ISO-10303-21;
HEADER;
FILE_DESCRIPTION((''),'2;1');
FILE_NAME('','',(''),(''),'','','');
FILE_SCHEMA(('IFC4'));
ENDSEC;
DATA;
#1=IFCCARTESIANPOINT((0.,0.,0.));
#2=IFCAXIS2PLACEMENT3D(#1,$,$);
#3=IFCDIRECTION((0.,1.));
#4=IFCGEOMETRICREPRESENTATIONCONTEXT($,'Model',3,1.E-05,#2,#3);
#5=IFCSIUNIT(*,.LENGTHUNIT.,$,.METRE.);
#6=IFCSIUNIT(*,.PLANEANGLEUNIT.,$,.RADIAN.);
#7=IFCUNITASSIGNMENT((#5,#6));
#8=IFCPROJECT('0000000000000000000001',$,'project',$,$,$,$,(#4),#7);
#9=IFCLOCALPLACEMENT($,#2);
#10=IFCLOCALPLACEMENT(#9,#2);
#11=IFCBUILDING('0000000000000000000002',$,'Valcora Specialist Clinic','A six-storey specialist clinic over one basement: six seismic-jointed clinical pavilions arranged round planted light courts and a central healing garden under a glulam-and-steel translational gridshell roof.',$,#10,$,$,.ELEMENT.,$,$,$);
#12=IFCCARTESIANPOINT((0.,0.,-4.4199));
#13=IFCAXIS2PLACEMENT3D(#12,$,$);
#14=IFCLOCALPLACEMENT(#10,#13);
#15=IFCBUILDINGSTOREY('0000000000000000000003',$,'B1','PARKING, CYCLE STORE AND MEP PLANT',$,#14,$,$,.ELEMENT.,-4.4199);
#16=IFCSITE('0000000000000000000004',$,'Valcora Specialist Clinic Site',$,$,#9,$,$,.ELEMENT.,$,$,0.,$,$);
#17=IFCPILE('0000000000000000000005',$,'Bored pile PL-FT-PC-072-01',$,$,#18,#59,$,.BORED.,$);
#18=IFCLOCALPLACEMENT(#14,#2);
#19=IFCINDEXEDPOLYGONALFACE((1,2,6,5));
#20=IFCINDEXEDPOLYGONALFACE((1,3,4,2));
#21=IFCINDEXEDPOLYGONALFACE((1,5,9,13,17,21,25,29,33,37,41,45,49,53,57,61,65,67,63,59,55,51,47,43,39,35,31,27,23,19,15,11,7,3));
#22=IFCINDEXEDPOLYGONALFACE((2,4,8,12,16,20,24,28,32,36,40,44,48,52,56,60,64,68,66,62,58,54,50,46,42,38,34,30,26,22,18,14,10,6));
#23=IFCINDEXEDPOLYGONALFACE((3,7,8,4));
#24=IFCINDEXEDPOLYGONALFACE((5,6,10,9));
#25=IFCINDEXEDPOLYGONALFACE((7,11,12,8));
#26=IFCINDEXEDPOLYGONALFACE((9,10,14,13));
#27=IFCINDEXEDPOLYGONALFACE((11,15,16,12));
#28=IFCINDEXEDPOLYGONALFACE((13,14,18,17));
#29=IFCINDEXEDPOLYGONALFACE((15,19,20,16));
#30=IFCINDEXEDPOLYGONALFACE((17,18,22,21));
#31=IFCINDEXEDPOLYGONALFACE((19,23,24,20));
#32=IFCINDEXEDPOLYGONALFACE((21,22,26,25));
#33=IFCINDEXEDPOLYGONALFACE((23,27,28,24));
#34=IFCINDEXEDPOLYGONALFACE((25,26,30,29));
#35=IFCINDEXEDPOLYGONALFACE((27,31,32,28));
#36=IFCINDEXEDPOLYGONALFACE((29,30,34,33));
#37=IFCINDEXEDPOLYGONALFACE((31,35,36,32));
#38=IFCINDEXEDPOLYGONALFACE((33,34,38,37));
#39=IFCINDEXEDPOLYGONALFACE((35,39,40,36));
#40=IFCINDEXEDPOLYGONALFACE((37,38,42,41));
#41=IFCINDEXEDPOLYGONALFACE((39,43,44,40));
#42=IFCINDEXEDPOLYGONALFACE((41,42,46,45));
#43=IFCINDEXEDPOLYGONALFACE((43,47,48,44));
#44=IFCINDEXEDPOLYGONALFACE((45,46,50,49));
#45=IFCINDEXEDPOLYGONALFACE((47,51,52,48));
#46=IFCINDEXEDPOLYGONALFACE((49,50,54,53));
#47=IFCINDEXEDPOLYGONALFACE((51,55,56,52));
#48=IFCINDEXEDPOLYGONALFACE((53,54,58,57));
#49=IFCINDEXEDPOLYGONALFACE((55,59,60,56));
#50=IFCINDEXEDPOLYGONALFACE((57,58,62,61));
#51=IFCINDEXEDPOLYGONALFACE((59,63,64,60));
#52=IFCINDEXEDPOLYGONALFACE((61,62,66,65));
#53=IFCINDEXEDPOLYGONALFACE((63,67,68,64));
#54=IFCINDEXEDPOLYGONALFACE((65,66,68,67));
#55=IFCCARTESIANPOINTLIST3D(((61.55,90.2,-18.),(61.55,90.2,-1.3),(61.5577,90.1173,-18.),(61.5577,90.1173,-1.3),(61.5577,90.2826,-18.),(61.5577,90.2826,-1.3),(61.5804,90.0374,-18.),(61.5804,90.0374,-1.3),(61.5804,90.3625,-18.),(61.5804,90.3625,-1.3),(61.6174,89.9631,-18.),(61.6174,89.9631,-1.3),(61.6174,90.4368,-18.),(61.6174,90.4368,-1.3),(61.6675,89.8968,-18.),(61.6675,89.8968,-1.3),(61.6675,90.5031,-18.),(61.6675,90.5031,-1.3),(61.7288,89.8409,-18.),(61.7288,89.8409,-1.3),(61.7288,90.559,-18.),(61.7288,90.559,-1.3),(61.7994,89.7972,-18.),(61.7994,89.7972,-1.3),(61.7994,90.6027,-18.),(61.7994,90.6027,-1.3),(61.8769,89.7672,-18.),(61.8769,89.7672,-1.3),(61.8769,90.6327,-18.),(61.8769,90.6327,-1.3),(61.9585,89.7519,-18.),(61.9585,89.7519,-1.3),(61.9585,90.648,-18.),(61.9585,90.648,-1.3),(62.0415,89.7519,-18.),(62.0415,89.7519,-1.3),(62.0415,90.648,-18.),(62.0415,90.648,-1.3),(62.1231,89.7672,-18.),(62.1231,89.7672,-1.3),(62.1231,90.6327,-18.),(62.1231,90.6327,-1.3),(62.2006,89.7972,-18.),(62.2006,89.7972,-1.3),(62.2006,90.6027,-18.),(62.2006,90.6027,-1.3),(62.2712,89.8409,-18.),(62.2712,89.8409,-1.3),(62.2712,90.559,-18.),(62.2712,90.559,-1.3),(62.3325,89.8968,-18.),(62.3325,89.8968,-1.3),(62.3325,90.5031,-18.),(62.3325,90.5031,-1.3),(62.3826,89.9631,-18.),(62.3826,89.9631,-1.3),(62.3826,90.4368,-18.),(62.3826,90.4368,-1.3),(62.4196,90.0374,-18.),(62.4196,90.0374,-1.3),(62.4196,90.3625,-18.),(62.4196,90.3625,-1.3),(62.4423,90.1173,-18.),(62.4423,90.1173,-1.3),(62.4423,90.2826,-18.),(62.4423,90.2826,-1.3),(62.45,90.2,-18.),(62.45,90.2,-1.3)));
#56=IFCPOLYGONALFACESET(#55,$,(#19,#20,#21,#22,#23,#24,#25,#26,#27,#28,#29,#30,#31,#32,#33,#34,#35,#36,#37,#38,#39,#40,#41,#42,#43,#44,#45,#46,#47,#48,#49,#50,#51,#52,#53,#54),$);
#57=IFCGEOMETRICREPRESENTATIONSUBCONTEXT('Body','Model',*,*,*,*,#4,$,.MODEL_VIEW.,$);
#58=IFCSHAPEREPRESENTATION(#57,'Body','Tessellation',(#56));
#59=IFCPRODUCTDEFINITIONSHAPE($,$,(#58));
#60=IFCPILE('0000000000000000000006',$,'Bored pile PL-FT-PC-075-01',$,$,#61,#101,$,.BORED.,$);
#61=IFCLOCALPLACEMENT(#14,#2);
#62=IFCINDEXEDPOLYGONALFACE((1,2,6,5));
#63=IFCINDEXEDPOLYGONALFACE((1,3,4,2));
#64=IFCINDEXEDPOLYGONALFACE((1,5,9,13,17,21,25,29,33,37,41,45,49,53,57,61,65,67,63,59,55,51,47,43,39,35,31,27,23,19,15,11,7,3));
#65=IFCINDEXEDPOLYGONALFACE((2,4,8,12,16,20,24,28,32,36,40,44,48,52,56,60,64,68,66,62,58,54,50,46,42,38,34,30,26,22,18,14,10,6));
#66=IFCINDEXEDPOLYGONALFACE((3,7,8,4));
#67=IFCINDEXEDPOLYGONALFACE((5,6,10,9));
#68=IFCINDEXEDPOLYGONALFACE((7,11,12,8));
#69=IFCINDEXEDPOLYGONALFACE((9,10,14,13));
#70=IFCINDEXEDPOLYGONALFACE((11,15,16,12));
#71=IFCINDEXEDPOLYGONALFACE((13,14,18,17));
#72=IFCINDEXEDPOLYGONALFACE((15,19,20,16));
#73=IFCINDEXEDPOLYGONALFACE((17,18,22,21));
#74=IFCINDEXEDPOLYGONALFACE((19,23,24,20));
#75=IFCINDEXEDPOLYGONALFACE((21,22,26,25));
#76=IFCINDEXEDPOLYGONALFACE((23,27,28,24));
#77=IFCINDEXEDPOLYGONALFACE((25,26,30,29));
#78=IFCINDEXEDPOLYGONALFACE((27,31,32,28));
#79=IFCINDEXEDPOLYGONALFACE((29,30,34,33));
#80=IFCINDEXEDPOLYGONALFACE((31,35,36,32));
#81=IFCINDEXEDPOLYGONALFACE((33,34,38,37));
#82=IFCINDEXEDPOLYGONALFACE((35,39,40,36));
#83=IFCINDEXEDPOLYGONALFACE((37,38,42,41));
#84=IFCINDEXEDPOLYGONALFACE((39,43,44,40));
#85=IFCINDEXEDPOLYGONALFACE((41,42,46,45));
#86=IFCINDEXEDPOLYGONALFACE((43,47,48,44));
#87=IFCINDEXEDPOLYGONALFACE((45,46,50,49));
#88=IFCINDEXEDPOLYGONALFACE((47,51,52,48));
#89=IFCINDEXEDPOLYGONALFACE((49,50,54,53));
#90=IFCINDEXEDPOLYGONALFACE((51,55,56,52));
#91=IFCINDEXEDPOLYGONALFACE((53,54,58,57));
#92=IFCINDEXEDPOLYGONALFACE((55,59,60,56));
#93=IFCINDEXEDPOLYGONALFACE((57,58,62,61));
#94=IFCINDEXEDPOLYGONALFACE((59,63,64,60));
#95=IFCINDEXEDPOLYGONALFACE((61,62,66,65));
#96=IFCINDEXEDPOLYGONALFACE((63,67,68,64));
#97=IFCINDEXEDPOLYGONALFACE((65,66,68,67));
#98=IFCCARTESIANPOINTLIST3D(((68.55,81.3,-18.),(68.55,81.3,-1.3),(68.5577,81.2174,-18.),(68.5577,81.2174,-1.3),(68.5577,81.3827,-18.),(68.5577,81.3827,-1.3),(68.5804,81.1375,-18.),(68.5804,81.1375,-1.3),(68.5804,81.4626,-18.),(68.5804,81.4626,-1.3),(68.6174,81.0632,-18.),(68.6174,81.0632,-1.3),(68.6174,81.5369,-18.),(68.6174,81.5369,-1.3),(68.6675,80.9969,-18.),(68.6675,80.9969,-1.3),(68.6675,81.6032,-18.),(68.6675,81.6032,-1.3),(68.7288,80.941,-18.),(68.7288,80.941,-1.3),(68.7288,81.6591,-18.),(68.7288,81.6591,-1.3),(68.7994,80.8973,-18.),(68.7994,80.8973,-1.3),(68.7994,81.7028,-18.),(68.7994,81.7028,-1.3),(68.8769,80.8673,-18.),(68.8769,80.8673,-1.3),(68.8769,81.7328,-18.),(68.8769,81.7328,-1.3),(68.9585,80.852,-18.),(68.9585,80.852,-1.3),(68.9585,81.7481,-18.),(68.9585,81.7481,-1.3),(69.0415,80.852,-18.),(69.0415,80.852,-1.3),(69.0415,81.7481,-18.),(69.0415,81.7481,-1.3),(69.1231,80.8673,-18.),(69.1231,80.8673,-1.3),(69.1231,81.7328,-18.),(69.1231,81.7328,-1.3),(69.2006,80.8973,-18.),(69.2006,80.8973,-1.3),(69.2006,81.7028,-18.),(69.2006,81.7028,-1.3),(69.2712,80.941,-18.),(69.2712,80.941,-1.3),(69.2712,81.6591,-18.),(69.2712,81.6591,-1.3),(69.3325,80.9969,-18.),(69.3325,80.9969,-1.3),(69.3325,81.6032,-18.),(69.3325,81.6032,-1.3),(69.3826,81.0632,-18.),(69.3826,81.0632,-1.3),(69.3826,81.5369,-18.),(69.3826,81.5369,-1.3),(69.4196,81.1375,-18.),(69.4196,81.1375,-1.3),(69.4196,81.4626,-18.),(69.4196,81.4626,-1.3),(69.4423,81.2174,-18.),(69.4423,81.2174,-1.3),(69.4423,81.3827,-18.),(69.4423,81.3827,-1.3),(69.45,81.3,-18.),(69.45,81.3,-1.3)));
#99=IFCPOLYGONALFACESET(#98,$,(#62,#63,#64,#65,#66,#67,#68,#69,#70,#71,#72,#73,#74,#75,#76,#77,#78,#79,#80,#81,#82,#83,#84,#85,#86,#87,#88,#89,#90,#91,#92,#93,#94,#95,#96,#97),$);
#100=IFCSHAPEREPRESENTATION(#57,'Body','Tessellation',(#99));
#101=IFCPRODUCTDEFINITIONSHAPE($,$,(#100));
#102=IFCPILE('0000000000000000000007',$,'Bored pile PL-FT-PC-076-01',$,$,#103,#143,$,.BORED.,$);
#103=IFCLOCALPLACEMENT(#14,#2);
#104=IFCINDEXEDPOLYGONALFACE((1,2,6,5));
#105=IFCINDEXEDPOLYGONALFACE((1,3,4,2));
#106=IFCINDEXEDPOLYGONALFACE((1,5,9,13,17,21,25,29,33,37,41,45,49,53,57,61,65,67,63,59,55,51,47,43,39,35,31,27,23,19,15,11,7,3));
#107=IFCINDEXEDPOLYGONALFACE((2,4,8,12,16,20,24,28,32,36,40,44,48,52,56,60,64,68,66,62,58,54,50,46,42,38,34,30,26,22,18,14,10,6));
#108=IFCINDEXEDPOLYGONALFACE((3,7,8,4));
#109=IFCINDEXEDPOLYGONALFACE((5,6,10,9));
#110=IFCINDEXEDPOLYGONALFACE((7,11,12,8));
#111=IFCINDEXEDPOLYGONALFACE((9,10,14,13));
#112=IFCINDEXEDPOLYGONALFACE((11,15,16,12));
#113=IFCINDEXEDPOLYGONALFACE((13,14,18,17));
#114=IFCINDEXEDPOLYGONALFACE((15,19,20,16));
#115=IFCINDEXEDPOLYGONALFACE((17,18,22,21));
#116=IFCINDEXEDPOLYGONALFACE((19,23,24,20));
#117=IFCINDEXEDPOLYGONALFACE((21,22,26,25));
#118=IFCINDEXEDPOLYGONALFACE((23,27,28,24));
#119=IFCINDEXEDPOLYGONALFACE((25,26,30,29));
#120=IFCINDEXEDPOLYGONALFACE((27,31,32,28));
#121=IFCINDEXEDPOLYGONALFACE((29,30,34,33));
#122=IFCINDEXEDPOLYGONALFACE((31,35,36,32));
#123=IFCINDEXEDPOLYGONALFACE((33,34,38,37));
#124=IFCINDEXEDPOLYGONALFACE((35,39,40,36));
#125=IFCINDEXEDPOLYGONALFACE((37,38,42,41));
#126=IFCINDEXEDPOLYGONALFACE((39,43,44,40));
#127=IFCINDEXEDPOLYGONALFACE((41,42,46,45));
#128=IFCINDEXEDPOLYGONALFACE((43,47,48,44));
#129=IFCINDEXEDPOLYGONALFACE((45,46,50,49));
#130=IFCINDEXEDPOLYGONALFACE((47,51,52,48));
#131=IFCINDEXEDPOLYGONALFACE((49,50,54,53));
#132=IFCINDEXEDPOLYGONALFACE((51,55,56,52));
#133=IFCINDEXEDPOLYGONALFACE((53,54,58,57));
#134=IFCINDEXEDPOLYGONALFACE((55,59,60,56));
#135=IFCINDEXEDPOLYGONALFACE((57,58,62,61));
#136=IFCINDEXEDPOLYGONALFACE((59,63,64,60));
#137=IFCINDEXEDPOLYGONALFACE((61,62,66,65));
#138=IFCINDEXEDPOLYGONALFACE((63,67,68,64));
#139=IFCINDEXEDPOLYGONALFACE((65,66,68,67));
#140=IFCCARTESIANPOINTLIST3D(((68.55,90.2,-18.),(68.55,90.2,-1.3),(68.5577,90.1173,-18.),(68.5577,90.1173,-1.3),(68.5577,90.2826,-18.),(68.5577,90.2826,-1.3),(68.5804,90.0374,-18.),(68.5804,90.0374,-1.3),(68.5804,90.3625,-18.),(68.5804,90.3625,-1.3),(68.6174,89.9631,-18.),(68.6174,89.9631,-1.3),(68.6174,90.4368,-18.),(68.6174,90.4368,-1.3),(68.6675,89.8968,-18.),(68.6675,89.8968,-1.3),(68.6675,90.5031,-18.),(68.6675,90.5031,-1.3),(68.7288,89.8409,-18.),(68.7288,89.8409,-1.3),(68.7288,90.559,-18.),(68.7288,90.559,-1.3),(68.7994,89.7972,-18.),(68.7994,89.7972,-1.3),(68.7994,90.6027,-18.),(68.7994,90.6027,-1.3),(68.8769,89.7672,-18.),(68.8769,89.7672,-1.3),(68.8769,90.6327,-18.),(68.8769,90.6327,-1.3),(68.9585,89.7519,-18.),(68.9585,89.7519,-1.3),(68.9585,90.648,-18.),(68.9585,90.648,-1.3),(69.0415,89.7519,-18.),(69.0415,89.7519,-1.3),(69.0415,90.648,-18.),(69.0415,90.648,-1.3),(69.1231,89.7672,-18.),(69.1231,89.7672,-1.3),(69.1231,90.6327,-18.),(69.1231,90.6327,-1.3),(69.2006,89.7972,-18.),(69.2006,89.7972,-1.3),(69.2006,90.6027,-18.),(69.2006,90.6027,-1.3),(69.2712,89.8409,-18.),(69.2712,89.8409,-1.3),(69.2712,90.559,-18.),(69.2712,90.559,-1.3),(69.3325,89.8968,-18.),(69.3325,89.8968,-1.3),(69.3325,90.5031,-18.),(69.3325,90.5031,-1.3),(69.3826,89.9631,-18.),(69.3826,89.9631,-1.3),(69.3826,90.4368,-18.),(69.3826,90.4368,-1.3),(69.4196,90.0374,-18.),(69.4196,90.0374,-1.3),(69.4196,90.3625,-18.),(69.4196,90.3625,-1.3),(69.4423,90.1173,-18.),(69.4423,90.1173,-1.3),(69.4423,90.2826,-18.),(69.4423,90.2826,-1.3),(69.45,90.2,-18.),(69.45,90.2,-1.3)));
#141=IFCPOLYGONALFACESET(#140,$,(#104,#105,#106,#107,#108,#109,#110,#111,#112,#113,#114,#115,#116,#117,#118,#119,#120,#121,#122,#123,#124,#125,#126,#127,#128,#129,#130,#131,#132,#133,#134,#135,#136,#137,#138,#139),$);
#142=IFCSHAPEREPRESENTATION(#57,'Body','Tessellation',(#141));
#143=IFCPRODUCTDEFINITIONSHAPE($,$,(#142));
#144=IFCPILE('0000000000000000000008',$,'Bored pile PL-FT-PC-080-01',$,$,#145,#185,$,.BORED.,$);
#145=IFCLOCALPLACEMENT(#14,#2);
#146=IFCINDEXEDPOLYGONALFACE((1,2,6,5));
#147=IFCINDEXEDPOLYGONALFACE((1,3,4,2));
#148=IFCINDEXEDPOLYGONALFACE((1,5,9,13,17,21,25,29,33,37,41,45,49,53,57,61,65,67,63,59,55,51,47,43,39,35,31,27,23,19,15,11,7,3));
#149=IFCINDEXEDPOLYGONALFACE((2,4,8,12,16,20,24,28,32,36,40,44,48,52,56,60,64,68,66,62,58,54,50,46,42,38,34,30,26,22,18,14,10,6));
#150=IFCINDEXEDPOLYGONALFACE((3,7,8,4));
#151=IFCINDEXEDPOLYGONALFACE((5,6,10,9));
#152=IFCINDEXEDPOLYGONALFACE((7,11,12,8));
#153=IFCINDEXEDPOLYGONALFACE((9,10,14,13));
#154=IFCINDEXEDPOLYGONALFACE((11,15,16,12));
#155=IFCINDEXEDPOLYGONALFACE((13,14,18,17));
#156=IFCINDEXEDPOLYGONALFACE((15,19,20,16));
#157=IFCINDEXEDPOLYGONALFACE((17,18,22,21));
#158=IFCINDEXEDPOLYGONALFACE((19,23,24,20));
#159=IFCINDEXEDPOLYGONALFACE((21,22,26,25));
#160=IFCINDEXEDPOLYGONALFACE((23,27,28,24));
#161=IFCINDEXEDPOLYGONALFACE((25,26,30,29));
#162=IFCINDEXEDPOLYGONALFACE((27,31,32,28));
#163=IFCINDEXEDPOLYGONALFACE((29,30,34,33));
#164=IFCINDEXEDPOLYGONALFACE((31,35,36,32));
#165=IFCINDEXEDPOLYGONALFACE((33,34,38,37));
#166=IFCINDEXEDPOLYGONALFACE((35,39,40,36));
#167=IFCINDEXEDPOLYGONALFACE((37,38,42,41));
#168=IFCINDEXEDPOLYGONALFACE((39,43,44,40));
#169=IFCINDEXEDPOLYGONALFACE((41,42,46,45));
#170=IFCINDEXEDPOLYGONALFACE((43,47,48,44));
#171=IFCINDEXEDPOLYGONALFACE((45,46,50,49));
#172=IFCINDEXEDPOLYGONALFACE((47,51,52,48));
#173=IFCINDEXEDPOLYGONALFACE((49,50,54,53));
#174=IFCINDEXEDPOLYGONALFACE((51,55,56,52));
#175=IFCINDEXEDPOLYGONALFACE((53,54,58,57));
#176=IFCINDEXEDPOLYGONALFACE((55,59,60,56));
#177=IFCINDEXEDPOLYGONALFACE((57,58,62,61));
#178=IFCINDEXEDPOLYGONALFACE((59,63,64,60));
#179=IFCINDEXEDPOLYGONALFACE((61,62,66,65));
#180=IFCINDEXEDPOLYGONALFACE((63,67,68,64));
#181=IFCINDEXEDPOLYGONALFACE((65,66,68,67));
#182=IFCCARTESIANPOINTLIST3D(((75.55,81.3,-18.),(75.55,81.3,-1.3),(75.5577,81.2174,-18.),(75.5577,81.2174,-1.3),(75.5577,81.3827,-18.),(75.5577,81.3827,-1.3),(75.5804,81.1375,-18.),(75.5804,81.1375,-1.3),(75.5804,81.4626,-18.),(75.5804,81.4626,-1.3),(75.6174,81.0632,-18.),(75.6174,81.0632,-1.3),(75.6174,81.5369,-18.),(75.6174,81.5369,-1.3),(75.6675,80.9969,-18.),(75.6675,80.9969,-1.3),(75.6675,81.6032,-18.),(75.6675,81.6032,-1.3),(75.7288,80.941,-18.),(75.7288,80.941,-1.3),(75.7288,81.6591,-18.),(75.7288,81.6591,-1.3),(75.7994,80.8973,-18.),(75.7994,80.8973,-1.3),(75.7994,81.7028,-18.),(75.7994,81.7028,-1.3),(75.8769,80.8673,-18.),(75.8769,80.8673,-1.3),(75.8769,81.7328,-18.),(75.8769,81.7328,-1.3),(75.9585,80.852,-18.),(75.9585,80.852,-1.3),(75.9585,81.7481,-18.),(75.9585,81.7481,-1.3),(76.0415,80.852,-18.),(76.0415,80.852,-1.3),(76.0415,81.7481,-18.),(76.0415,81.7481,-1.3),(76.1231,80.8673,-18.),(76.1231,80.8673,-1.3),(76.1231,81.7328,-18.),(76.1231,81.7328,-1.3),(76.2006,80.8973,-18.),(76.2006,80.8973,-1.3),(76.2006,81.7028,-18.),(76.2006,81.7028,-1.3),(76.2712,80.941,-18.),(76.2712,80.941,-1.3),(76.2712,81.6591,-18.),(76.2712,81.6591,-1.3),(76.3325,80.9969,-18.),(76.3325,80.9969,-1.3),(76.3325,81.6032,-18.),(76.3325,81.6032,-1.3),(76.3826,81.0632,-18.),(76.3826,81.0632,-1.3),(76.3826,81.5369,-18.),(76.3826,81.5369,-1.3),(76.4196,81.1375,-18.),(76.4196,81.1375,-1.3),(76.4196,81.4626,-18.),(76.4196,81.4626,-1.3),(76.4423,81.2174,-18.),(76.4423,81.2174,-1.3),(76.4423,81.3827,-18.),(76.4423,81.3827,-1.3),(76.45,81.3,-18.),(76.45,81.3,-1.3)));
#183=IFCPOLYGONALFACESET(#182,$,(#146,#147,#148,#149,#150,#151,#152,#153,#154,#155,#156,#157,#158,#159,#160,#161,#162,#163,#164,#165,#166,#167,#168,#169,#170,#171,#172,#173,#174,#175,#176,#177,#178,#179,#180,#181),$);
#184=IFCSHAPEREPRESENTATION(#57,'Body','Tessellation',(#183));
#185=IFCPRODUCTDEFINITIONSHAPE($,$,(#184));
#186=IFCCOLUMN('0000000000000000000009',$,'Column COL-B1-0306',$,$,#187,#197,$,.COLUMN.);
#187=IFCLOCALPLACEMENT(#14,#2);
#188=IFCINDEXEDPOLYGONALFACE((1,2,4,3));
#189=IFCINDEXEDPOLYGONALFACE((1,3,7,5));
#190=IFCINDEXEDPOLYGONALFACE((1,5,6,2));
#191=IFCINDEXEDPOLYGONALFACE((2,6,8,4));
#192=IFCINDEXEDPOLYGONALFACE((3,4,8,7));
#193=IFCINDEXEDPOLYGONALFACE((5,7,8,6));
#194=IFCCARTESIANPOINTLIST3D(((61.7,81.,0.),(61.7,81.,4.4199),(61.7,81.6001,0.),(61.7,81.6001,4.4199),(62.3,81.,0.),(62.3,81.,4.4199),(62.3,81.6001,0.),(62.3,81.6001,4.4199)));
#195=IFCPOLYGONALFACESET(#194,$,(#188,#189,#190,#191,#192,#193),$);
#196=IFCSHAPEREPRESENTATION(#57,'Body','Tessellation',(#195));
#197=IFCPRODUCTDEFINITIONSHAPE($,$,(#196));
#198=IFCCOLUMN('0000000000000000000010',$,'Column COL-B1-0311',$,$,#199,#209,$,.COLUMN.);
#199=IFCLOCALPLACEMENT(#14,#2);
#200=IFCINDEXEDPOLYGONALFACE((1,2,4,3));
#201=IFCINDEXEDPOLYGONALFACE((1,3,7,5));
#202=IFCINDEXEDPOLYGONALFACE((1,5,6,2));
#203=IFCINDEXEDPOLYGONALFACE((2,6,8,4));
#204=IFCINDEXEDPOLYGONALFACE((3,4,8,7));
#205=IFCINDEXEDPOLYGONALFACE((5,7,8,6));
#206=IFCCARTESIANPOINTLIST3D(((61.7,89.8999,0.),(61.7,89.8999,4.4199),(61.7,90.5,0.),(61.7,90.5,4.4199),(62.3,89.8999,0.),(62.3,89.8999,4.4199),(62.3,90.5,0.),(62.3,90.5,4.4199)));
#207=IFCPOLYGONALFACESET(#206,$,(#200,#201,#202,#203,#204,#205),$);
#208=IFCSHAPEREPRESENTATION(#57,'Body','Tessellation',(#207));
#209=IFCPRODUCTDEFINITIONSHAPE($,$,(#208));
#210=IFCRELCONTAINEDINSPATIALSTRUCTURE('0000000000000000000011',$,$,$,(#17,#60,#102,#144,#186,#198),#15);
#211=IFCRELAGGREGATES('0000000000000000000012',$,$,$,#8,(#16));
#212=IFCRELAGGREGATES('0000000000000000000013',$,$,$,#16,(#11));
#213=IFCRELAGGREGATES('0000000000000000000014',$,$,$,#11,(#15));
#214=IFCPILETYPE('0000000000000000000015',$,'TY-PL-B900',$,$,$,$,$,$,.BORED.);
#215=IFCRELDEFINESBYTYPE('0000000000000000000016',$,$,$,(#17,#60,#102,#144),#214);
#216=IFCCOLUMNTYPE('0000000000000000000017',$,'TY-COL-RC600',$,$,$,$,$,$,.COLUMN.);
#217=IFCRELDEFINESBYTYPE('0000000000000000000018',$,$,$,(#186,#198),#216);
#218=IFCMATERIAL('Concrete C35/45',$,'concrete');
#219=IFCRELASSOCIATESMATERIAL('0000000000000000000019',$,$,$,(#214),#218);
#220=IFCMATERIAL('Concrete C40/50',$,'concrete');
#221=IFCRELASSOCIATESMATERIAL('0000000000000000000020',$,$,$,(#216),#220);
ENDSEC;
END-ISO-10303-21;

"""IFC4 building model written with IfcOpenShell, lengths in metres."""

from ifc_helpers import new_model, si_unit, direction, frame, origin, origin_2d, place, context, subcontext, project, spatial, rectangle, circle, extrude, material, material_profile, profile_set, type_object, element, save


model = new_model("IFC4")

# Units and contexts
model_context = context("Model", 3, precision=1e-05, world=origin(), true_north=direction((0.0, 1.0)))
body_context = subcontext(model_context, "Body", "Model", "MODEL_VIEW")
ifc_project = project(units=[si_unit("LENGTHUNIT", "METRE"), si_unit("PLANEANGLEUNIT", "RADIAN")], contexts=[model_context])

# Site, building, storey
site_placement = place(None, origin())
site = spatial("IfcSite", under=ifc_project, at=site_placement, Name="Valcora Specialist Clinic Site", CompositionType="ELEMENT", RefElevation=0.0)
building_placement = place(site_placement, origin())
building = spatial("IfcBuilding", under=site, at=building_placement, Name="Valcora Specialist Clinic", Description="A six-storey specialist clinic over one basement: six seismic-jointed clinical pavilions arranged round planted light courts and a central healing garden under a glulam-and-steel translational gridshell roof.", CompositionType="ELEMENT")
storey_placement = place(building_placement, frame((0.0, 0.0, -4.4199)))
storey = spatial("IfcBuildingStorey", under=building, at=storey_placement, Name="B1", Description="PARKING, CYCLE STORE AND MEP PLANT", CompositionType="ELEMENT", Elevation=-4.4199)

# Shared definitions
ifc_material_1 = material(Name="Concrete C35/45", Category="concrete")

# Piles
ifc_material_profile_1 = material_profile(ifc_material_1, circle(Radius=0.45, at=origin_2d()), Name="RC-PIL-D900")
ifc_profile_set_1 = profile_set([ifc_material_profile_1], Name="Concrete C35/45")
pile_type_1 = type_object("IfcPileType", Name="TY-PL-B900", PredefinedType="BORED", material=ifc_profile_set_1)
for number, where, z_axis, x_axis, name in (
    (1, (62.0, 90.2, -1.3), (0.0, 0.0, -1.0), (1.0, 0.0, 0.0), "Bored pile PL-FT-PC-072-01"),
    (2, (69.0, 81.3, -1.3), (0.0, 0.0, -1.0), (1.0, 0.0, 0.0), "Bored pile PL-FT-PC-075-01"),
    (3, (69.0, 90.2, -1.3), (0.0, 0.0, -1.0), (1.0, 0.0, 0.0), "Bored pile PL-FT-PC-076-01"),
    (4, (76.0, 81.3, -1.3), (0.0, 0.0, -1.0), (1.0, 0.0, 0.0), "Bored pile PL-FT-PC-080-01"),
):
    element("IfcPile", number, at=place(storey_placement, frame(where, z_axis=z_axis, x_axis=x_axis)), inside=storey, type_object=pile_type_1, Name=name, PredefinedType="BORED", context=body_context, shape_type="SweptSolid", body=[
        extrude(circle(Radius=0.45, at=origin_2d()), origin(), (0.0, 0.0, 1.0), 16.7),
    ])

# Columns
ifc_material_2 = material(Name="Concrete C40/50", Category="concrete")
ifc_material_profile_2 = material_profile(ifc_material_2, rectangle(XDim=0.6001, YDim=0.6001, at=origin_2d()), Name="RC-COL-600X600")
ifc_profile_set_2 = profile_set([ifc_material_profile_2], Name="Concrete C40/50")
column_type = type_object("IfcColumnType", Name="TY-COL-RC600", PredefinedType="COLUMN", material=ifc_profile_set_2)
for number, where, z_axis, x_axis, name in (
    (5, (62.0, 81.3, 0.0), (0.0, 0.0, 1.0), (1.0, 0.0, 0.0), "Column COL-B1-0306"),
    (6, (62.0, 90.2, 0.0), (0.0, 0.0, 1.0), (1.0, 0.0, 0.0), "Column COL-B1-0311"),
):
    element("IfcColumn", number, at=place(storey_placement, frame(where, z_axis=z_axis, x_axis=x_axis)), inside=storey, type_object=column_type, Name=name, PredefinedType="COLUMN", context=body_context, shape_type="SweptSolid", body=[
        extrude(rectangle(XDim=0.6001, YDim=0.6001, at=origin_2d()), origin(), (0.0, 0.0, 1.0), 4.4199),
    ])

save(model, "model.ifc")
